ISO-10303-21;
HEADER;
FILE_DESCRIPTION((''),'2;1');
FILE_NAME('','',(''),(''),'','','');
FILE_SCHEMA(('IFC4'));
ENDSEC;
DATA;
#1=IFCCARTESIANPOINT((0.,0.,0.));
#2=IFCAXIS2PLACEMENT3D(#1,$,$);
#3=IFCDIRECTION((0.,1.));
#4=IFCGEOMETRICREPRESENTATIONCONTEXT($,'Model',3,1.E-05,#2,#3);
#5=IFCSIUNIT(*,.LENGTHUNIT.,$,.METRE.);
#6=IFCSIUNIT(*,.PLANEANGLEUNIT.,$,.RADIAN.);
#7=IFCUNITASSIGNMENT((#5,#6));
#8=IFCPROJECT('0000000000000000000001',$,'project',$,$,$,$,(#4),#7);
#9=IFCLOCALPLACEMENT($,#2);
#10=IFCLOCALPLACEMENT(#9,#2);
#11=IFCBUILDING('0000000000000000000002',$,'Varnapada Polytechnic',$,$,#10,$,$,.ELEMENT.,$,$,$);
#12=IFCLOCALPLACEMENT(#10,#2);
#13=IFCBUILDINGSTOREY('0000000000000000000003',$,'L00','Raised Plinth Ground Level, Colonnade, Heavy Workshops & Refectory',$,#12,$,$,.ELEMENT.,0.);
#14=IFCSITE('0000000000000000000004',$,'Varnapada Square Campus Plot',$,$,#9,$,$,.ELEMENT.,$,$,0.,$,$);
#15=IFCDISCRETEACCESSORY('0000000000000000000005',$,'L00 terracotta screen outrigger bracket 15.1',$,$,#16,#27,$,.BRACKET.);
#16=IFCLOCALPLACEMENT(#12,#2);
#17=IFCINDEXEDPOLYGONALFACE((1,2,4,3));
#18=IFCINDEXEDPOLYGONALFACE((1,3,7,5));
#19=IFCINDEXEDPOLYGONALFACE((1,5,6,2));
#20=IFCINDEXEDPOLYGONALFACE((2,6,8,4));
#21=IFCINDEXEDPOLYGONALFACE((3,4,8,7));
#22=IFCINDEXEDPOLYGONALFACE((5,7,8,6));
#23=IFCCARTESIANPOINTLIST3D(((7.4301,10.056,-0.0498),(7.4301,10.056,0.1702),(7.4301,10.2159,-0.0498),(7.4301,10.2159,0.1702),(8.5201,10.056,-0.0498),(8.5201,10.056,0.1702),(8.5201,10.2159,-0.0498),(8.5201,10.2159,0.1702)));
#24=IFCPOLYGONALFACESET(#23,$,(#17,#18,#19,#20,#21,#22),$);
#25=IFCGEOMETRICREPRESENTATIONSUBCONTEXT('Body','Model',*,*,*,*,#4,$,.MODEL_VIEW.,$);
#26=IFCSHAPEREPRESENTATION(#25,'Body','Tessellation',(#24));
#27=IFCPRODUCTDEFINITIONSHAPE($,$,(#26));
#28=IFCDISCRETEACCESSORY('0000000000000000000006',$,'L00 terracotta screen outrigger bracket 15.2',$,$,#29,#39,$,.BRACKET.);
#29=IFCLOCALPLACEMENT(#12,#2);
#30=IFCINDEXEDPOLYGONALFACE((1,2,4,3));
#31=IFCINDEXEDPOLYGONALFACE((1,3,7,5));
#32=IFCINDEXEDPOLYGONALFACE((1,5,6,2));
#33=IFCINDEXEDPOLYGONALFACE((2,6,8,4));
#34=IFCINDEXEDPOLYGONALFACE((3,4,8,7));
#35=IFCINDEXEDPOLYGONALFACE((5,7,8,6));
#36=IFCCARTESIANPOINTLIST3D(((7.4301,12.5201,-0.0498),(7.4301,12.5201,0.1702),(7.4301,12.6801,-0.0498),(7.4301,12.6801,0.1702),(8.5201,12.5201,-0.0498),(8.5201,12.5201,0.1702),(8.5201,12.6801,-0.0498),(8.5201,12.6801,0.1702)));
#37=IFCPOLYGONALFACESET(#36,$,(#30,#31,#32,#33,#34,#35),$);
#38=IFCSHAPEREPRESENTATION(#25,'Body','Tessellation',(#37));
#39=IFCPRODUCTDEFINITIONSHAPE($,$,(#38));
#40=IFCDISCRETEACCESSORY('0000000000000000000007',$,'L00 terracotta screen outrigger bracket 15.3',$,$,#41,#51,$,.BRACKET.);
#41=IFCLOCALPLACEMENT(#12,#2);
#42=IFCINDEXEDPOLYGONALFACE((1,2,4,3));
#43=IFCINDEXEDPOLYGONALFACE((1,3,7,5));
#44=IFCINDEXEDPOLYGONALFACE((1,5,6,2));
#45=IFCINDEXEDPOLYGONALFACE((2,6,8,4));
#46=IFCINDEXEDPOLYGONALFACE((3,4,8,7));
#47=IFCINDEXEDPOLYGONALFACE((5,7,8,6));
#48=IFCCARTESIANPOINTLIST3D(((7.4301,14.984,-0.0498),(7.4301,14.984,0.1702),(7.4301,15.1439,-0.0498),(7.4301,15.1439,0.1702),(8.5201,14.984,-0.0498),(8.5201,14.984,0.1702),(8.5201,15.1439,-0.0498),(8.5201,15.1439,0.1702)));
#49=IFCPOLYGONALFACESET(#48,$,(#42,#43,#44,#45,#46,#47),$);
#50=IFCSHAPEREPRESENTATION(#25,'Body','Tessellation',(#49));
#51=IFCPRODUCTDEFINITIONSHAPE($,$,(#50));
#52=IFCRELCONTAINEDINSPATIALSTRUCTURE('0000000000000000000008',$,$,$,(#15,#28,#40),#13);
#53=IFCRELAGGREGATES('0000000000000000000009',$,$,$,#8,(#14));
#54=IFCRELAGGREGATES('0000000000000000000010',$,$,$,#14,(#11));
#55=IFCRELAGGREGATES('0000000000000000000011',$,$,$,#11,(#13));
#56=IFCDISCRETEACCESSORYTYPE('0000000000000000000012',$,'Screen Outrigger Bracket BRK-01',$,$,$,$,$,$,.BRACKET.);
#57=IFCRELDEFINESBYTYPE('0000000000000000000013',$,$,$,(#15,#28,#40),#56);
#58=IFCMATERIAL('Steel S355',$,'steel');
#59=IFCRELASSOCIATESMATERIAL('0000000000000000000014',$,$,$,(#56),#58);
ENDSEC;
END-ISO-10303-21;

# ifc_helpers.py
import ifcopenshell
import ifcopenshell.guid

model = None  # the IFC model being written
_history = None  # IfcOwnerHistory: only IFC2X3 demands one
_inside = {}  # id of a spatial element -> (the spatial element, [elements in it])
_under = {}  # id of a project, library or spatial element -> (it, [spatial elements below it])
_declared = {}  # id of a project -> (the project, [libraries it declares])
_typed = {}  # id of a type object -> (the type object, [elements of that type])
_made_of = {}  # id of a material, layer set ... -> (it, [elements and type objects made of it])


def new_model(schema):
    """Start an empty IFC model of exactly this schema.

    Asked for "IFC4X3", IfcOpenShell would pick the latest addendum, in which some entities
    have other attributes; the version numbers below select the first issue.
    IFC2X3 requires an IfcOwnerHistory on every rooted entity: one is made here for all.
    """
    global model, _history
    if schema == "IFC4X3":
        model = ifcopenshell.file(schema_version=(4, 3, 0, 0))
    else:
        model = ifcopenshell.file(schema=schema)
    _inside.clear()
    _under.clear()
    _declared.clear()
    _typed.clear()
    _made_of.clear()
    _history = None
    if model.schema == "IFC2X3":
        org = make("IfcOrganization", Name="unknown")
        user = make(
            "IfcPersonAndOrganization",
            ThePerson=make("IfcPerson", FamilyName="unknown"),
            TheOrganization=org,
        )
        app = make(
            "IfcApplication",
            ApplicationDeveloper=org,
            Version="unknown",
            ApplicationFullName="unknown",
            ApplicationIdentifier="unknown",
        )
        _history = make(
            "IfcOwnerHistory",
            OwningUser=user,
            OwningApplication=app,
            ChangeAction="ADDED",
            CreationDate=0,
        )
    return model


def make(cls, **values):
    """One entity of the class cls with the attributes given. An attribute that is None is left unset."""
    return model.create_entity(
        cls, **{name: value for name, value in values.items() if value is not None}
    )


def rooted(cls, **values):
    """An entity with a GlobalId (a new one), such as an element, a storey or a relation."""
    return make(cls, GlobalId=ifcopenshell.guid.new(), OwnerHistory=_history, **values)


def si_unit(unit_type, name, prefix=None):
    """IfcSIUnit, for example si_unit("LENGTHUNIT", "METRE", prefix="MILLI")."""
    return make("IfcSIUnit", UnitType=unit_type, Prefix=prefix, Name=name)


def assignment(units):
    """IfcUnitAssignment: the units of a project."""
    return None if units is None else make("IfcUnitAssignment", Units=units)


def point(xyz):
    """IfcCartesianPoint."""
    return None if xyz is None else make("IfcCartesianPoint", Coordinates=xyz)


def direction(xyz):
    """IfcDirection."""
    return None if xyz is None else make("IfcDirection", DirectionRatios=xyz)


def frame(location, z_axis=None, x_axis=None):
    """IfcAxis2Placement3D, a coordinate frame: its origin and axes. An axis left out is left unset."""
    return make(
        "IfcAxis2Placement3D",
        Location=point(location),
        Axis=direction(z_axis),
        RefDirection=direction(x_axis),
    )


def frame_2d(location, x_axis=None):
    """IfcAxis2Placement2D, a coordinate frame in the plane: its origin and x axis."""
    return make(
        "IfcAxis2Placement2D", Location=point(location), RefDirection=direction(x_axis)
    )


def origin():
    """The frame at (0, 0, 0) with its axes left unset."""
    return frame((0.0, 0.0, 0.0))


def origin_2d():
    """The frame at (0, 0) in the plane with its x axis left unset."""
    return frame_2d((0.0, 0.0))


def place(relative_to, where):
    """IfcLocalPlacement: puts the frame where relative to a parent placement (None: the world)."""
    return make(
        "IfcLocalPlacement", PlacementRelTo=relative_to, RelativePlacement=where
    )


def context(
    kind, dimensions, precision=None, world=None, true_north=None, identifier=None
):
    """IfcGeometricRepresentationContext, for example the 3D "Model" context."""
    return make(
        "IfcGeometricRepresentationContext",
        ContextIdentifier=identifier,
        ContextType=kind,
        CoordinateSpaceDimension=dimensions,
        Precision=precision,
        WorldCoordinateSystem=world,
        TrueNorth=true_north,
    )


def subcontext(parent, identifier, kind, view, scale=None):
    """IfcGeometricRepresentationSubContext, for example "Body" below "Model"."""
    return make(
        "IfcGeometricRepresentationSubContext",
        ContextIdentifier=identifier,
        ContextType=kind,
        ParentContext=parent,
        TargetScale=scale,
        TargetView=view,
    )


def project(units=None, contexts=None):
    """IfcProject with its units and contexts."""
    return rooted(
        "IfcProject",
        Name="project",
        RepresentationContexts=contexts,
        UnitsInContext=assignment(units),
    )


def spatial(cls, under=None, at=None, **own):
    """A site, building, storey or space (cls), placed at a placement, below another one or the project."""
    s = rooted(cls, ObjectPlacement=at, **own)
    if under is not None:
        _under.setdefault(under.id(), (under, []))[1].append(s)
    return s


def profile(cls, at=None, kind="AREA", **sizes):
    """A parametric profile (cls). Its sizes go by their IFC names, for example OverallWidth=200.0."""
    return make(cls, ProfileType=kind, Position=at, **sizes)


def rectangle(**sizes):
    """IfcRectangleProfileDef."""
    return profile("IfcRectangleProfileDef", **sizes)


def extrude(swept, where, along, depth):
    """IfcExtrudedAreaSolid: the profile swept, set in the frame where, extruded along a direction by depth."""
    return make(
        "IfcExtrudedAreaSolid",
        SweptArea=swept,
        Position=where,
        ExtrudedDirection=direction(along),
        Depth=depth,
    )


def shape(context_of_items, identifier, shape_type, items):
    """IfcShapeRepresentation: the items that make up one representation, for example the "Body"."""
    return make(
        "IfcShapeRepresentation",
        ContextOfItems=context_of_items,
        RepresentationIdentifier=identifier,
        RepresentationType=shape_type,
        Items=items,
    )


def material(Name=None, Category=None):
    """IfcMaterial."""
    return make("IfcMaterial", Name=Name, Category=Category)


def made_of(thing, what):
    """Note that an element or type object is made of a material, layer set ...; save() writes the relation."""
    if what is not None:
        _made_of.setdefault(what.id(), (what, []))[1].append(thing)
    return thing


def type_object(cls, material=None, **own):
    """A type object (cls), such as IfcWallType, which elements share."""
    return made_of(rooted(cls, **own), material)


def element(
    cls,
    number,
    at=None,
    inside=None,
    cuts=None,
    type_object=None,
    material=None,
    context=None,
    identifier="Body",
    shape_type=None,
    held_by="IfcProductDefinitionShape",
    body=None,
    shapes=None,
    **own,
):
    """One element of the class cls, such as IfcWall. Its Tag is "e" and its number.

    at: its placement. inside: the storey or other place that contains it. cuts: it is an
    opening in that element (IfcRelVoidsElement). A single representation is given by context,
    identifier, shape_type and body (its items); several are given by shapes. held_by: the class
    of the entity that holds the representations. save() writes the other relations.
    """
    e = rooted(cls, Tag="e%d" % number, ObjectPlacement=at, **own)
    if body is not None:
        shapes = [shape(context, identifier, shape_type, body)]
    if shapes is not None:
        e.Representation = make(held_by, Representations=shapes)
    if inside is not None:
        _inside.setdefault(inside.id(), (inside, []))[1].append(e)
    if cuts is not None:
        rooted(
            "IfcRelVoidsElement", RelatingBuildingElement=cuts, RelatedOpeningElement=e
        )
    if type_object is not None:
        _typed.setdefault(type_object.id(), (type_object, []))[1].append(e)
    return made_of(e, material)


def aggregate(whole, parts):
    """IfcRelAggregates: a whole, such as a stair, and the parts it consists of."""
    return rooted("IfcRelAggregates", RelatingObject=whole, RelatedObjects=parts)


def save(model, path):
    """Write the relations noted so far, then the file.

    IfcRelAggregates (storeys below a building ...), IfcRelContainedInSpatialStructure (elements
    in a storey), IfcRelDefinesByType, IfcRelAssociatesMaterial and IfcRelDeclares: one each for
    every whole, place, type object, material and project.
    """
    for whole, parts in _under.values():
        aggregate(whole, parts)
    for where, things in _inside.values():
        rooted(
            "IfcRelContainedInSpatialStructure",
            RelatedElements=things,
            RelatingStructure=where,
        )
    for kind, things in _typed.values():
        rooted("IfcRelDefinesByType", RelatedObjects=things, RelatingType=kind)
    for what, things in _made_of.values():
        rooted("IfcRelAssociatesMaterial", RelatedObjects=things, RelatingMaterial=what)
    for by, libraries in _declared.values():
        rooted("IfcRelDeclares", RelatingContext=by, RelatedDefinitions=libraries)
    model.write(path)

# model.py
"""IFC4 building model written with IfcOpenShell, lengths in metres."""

from ifc_helpers import new_model, si_unit, direction, frame, origin, origin_2d, place, context, subcontext, project, spatial, rectangle, extrude, material, type_object, element, save


model = new_model("IFC4")

# Units and contexts
model_context = context("Model", 3, precision=1e-05, world=origin(), true_north=direction((0.0, 1.0)))
body_context = subcontext(model_context, "Body", "Model", "MODEL_VIEW")
ifc_project = project(units=[si_unit("LENGTHUNIT", "METRE"), si_unit("PLANEANGLEUNIT", "RADIAN")], contexts=[model_context])

# Site, building, storey
site_placement = place(None, origin())
site = spatial("IfcSite", under=ifc_project, at=site_placement, Name="Varnapada Square Campus Plot", CompositionType="ELEMENT", RefElevation=0.0)
building_placement = place(site_placement, origin())
building = spatial("IfcBuilding", under=site, at=building_placement, Name="Varnapada Polytechnic", CompositionType="ELEMENT")
storey_placement = place(building_placement, origin())
storey = spatial("IfcBuildingStorey", under=building, at=storey_placement, Name="L00", Description="Raised Plinth Ground Level, Colonnade, Heavy Workshops & Refectory", CompositionType="ELEMENT", Elevation=0.0)

# Discrete accessories
ifc_material_1 = material(Name="Steel S355", Category="steel")
discrete_accessory_type = type_object("IfcDiscreteAccessoryType", Name="Screen Outrigger Bracket BRK-01", PredefinedType="BRACKET", material=ifc_material_1)
for number, where, z_axis, x_axis, name in (
    (1, (7.9751, 10.136, -0.0498), (0.0, 0.0, 1.0), (0.0, 1.0, 0.0), "L00 terracotta screen outrigger bracket 15.1"),
    (2, (7.9751, 12.6001, -0.0498), (0.0, 0.0, 1.0), (0.0, 1.0, 0.0), "L00 terracotta screen outrigger bracket 15.2"),
    (3, (7.9751, 15.064, -0.0498), (0.0, 0.0, 1.0), (0.0, 1.0, 0.0), "L00 terracotta screen outrigger bracket 15.3"),
):
    element("IfcDiscreteAccessory", number, at=place(storey_placement, frame(where, z_axis=z_axis, x_axis=x_axis)), inside=storey, type_object=discrete_accessory_type, Name=name, PredefinedType="BRACKET", context=body_context, shape_type="SweptSolid", body=[
        extrude(rectangle(XDim=0.1599, YDim=1.0901, at=origin_2d()), origin(), (0.0, 0.0, 1.0), 0.22),
    ])

save(model, "model.ifc")
